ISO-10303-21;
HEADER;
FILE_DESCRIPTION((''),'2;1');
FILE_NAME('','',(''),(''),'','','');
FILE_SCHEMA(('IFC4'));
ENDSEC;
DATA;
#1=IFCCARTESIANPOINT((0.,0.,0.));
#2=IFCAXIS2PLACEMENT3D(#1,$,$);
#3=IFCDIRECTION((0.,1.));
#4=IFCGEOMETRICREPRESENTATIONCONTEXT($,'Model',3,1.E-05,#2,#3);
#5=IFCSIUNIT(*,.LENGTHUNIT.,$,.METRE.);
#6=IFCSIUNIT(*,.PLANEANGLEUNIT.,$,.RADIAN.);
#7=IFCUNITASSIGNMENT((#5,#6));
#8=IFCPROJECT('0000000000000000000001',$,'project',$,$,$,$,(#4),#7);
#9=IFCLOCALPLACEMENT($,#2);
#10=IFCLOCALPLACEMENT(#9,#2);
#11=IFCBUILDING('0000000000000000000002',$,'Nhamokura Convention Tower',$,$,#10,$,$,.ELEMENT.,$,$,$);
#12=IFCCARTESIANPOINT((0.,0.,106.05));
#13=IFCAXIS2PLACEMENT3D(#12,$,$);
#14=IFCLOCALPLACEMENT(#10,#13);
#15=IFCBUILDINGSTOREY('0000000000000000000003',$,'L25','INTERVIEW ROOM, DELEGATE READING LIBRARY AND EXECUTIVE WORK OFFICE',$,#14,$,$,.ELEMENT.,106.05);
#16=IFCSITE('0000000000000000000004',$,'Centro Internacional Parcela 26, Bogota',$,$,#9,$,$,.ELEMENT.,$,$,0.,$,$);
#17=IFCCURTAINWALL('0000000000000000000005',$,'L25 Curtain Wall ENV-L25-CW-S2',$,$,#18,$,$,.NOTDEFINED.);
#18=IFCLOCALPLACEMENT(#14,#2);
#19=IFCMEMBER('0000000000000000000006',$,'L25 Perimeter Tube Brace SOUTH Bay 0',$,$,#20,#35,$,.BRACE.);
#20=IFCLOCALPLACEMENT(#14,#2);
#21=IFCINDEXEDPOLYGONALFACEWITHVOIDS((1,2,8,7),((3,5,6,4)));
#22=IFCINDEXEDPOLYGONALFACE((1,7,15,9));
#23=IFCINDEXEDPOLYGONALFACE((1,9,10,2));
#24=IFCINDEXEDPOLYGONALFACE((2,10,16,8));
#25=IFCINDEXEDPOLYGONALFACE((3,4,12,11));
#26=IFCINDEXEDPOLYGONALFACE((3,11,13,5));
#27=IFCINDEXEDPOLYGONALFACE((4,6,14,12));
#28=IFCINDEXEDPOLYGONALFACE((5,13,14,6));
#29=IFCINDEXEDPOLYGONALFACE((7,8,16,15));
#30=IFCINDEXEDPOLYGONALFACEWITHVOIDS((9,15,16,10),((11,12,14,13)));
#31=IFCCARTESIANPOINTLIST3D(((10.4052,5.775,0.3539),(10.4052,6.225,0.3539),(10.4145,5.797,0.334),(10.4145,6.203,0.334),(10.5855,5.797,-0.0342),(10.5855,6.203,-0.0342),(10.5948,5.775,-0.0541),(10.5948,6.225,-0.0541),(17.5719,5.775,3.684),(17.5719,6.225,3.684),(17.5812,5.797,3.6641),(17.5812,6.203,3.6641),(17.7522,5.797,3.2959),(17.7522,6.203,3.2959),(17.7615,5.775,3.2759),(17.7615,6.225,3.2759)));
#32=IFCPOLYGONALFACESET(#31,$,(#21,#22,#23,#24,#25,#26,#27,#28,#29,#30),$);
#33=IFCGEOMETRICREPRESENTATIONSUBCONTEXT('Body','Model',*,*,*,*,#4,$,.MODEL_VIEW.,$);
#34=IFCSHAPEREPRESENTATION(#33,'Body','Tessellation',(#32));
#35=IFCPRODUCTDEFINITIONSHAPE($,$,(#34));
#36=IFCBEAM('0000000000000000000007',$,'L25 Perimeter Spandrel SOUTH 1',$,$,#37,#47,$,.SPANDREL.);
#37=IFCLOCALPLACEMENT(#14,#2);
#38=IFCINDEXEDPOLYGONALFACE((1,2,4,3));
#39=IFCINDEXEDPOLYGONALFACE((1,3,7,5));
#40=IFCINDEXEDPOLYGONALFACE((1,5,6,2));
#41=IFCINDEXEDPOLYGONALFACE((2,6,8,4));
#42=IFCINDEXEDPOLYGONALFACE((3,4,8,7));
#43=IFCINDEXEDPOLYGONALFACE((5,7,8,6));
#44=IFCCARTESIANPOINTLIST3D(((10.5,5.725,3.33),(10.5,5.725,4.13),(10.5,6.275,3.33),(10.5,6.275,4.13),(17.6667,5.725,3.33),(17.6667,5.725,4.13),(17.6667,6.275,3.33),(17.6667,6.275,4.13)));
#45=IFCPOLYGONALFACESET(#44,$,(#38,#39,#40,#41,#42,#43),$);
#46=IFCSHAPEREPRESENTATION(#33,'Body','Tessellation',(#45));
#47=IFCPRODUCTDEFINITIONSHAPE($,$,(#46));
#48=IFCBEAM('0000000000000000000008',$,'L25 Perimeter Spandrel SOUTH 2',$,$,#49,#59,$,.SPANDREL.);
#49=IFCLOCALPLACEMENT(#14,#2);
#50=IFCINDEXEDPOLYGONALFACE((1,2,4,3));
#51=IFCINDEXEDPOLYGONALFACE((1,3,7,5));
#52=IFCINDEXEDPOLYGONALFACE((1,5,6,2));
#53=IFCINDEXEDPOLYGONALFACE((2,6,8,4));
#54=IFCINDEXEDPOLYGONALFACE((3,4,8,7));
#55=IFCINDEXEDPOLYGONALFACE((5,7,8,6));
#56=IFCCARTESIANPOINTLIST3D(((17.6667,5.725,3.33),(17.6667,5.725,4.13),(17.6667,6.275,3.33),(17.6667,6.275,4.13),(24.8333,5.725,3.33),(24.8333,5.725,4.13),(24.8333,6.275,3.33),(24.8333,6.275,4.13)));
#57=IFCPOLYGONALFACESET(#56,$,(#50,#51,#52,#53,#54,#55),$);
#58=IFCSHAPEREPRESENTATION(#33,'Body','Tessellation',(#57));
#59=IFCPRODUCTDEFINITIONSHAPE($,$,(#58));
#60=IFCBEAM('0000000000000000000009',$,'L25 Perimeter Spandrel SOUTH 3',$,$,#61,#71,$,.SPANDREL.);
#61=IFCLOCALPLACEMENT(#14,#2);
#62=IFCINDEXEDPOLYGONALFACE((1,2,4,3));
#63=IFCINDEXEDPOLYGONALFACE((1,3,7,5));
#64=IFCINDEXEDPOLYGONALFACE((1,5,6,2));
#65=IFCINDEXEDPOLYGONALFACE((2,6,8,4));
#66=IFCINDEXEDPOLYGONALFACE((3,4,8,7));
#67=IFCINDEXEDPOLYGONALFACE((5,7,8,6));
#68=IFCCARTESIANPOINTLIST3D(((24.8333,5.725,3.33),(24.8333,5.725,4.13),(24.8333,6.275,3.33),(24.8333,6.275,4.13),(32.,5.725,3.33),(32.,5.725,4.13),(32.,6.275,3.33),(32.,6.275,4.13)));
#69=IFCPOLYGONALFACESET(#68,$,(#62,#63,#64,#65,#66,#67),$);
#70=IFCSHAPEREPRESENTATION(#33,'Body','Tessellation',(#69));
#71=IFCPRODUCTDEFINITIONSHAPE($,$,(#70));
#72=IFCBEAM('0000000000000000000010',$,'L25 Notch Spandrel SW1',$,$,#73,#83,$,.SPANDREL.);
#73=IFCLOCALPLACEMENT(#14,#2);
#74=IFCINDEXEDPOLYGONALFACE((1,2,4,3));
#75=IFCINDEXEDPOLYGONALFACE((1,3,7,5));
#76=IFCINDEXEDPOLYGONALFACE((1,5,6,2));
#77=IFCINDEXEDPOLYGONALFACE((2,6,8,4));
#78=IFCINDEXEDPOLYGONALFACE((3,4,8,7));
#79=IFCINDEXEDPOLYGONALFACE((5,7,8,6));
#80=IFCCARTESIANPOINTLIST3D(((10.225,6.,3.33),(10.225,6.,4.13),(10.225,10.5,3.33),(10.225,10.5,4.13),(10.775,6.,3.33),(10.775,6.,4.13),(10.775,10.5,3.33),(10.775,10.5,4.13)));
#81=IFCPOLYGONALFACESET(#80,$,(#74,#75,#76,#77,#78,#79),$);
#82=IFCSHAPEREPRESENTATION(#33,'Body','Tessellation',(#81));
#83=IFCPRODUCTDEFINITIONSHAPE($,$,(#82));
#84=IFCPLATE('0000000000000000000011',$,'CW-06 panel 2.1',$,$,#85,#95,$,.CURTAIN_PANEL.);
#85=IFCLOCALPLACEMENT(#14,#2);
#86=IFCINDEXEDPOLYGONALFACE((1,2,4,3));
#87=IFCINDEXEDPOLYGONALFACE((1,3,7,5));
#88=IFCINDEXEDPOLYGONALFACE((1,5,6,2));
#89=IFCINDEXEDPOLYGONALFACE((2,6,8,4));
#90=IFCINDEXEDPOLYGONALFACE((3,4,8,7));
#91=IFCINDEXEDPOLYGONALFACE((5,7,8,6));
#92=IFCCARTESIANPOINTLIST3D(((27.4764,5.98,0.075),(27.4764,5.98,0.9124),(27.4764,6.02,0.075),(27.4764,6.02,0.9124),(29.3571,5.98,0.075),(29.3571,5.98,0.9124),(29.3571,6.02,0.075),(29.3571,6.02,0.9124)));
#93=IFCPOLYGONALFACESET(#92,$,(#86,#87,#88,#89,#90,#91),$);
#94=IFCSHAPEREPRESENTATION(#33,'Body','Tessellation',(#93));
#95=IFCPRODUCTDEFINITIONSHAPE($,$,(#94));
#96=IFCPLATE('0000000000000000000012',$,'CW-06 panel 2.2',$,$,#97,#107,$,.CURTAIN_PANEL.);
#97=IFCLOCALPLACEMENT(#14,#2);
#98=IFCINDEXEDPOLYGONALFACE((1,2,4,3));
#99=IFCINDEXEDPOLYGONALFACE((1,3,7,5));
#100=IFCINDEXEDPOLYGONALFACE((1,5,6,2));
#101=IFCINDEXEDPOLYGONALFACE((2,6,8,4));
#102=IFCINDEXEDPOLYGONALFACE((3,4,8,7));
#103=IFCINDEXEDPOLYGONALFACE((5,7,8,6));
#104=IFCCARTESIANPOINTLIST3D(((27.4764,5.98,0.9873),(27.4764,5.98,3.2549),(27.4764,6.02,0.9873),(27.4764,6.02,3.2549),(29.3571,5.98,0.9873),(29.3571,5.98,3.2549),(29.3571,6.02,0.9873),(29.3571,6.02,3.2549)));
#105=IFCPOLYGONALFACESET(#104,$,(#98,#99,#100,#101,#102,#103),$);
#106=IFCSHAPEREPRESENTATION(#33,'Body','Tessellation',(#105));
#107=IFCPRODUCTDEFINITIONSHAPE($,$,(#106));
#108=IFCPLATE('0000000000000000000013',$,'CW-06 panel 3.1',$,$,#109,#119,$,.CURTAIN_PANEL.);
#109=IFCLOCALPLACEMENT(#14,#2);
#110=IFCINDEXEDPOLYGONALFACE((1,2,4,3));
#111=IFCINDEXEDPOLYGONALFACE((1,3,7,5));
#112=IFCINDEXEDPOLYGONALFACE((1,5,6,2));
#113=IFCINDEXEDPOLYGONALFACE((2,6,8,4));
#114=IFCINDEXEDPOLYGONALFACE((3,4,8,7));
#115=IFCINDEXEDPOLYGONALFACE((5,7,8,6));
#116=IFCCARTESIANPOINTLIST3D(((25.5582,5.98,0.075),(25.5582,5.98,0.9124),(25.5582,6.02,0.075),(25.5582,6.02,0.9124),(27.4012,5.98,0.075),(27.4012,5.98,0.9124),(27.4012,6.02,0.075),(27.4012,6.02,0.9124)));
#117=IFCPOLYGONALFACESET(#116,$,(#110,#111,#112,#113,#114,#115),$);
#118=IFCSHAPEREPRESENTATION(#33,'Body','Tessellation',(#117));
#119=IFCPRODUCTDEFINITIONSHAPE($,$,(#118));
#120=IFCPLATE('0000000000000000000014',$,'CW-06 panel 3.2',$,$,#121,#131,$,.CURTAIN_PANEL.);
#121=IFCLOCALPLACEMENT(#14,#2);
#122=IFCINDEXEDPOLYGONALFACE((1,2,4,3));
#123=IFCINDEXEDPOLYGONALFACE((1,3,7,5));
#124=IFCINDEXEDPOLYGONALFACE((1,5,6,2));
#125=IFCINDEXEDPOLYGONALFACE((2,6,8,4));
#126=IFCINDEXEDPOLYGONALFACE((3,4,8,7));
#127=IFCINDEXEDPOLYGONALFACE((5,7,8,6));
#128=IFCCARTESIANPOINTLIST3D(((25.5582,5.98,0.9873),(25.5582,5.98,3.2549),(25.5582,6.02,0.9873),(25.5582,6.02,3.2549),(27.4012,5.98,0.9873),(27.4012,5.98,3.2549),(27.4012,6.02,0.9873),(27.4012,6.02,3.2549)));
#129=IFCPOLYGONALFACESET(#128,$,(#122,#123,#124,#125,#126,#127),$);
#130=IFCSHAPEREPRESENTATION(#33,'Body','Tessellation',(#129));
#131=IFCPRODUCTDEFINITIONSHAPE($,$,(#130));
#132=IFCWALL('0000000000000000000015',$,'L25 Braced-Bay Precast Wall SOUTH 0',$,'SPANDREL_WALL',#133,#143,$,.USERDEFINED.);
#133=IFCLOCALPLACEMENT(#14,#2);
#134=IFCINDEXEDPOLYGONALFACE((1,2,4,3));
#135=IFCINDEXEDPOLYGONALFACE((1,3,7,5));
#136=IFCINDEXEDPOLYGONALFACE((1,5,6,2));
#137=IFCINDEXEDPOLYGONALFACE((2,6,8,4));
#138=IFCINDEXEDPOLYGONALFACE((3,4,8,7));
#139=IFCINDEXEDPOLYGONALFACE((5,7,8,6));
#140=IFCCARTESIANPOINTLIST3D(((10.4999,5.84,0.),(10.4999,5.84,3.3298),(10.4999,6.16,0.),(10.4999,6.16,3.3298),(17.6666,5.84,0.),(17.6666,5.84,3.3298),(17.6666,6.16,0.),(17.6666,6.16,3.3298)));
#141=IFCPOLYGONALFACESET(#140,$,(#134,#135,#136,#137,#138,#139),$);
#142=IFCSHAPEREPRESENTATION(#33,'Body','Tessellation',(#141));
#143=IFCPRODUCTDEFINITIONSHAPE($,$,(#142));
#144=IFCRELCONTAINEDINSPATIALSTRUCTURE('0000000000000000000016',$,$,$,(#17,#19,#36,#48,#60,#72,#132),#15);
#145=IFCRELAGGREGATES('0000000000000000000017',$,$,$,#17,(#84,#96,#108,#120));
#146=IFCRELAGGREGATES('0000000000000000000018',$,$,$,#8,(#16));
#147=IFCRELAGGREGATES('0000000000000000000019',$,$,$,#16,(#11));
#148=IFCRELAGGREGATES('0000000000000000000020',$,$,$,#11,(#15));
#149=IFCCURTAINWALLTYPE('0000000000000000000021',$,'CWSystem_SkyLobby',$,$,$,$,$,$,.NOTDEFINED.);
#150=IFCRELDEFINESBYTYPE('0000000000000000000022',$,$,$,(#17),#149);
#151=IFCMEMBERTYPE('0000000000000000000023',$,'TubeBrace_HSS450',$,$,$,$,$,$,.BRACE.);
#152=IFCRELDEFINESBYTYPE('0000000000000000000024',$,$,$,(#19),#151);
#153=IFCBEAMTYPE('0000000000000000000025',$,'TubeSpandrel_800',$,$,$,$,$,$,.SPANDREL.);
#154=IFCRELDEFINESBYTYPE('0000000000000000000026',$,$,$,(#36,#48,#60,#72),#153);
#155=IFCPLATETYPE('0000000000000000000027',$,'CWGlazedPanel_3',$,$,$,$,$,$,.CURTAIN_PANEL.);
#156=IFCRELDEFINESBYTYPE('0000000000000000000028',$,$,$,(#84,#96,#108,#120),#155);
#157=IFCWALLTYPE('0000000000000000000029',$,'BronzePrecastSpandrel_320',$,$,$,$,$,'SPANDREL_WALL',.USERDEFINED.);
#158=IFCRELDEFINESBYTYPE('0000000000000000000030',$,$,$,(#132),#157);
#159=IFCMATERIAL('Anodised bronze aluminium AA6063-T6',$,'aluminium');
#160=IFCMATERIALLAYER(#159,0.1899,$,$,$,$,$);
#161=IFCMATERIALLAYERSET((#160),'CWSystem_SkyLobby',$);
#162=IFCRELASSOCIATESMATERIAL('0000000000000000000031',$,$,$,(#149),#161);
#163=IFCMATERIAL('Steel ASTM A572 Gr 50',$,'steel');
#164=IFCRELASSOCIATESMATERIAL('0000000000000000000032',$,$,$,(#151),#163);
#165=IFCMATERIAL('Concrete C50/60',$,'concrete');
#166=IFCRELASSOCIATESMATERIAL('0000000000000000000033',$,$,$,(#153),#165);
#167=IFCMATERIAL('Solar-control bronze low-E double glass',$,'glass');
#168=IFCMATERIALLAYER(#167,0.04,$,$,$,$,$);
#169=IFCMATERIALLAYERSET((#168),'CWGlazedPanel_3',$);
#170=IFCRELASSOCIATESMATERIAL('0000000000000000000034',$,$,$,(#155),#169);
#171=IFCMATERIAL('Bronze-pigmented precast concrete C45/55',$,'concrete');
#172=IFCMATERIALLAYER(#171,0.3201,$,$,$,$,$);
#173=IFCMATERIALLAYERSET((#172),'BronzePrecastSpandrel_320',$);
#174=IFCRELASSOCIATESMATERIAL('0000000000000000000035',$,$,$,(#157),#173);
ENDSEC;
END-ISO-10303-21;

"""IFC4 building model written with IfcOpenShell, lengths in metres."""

from ifc_helpers import new_model, si_unit, direction, frame, frame_2d, origin, origin_2d, place, context, subcontext, project, spatial, rectangle, hollow_rectangle, extrude, material, layer, layer_set, material_profile, profile_set, type_object, element, aggregate, save


model = new_model("IFC4")

# Units and contexts
model_context = context("Model", 3, precision=1e-05, world=origin(), true_north=direction((0.0, 1.0)))
body_context = subcontext(model_context, "Body", "Model", "MODEL_VIEW")
ifc_project = project(units=[si_unit("LENGTHUNIT", "METRE"), si_unit("PLANEANGLEUNIT", "RADIAN")], contexts=[model_context])

# Site, building, storey
site_placement = place(None, origin())
site = spatial("IfcSite", under=ifc_project, at=site_placement, Name="Centro Internacional Parcela 26, Bogota", CompositionType="ELEMENT", RefElevation=0.0)
building_placement = place(site_placement, origin())
building = spatial("IfcBuilding", under=site, at=building_placement, Name="Nhamokura Convention Tower", CompositionType="ELEMENT")
storey_placement = place(building_placement, frame((0.0, 0.0, 106.05)))
storey = spatial("IfcBuildingStorey", under=building, at=storey_placement, Name="L25", Description="INTERVIEW ROOM, DELEGATE READING LIBRARY AND EXECUTIVE WORK OFFICE", CompositionType="ELEMENT", Elevation=106.05)

# Curtain wall
ifc_material_1 = material(Name="Anodised bronze aluminium AA6063-T6", Category="aluminium")
ifc_layer_1 = layer(ifc_material_1, 0.1899)
ifc_layer_set_1 = layer_set([ifc_layer_1], Name="CWSystem_SkyLobby")
curtain_wall_type = type_object("IfcCurtainWallType", Name="CWSystem_SkyLobby", PredefinedType="NOTDEFINED", material=ifc_layer_set_1)
curtain_wall_placement = place(storey_placement, origin())
curtain_wall = element("IfcCurtainWall", 1, at=curtain_wall_placement, inside=storey, type_object=curtain_wall_type, Name="L25 Curtain Wall ENV-L25-CW-S2", PredefinedType="NOTDEFINED")

# Member
ifc_material_2 = material(Name="Steel ASTM A572 Gr 50", Category="steel")
ifc_material_profile_1 = material_profile(ifc_material_2, hollow_rectangle(XDim=0.45, YDim=0.45, WallThickness=0.022, at=origin_2d()))
ifc_profile_set_1 = profile_set([ifc_material_profile_1], Name="Steel ASTM A572 Gr 50")
member_type_1 = type_object("IfcMemberType", Name="TubeBrace_HSS450", PredefinedType="BRACE", material=ifc_profile_set_1)
member_1_placement = place(storey_placement, frame((10.5, 6.0, 0.1499), z_axis=(0.90688, 0.0, 0.421388), x_axis=(0.0, 1.0, 0.0)))
element("IfcMember", 2, at=member_1_placement, inside=storey, type_object=member_type_1, Name="L25 Perimeter Tube Brace SOUTH Bay 0", PredefinedType="BRACE", context=body_context, shape_type="SweptSolid", body=[
    extrude(hollow_rectangle(XDim=0.45, YDim=0.45, WallThickness=0.022, at=origin_2d()), origin(), (0.0, 0.0, 1.0), 7.9026),
])

# Beams
ifc_material_3 = material(Name="Concrete C50/60", Category="concrete")
ifc_material_profile_2 = material_profile(ifc_material_3, rectangle(XDim=0.55, YDim=0.8, at=origin_2d()))
ifc_profile_set_2 = profile_set([ifc_material_profile_2], Name="Concrete C50/60")
beam_type_1 = type_object("IfcBeamType", Name="TubeSpandrel_800", PredefinedType="SPANDREL", material=ifc_profile_set_2)
beam_1_placement = place(storey_placement, frame((10.5, 6.0, 3.73), z_axis=(1.0, 0.0, 0.0), x_axis=(0.0, 1.0, 0.0)))
element("IfcBeam", 3, at=beam_1_placement, inside=storey, type_object=beam_type_1, Name="L25 Perimeter Spandrel SOUTH 1", PredefinedType="SPANDREL", context=body_context, shape_type="SweptSolid", body=[
    extrude(rectangle(XDim=0.55, YDim=0.8, at=origin_2d()), origin(), (0.0, 0.0, 1.0), 7.1667),
])
beam_2_placement = place(storey_placement, frame((17.6667, 6.0, 3.73), z_axis=(1.0, 0.0, 0.0), x_axis=(0.0, 1.0, 0.0)))
element("IfcBeam", 4, at=beam_2_placement, inside=storey, type_object=beam_type_1, Name="L25 Perimeter Spandrel SOUTH 2", PredefinedType="SPANDREL", context=body_context, shape_type="SweptSolid", body=[
    extrude(rectangle(XDim=0.55, YDim=0.8, at=origin_2d()), origin(), (0.0, 0.0, 1.0), 7.1665),
])
beam_3_placement = place(storey_placement, frame((24.8333, 6.0, 3.73), z_axis=(1.0, 0.0, 0.0), x_axis=(0.0, 1.0, 0.0)))
element("IfcBeam", 5, at=beam_3_placement, inside=storey, type_object=beam_type_1, Name="L25 Perimeter Spandrel SOUTH 3", PredefinedType="SPANDREL", context=body_context, shape_type="SweptSolid", body=[
    extrude(rectangle(XDim=0.55, YDim=0.8, at=origin_2d()), origin(), (0.0, 0.0, 1.0), 7.1667),
])
beam_4_placement = place(storey_placement, frame((10.5, 6.0, 3.73), z_axis=(0.0, 1.0, 0.0), x_axis=(-1.0, 0.0, 0.0)))
element("IfcBeam", 6, at=beam_4_placement, inside=storey, type_object=beam_type_1, Name="L25 Notch Spandrel SW1", PredefinedType="SPANDREL", context=body_context, shape_type="SweptSolid", body=[
    extrude(rectangle(XDim=0.55, YDim=0.8, at=origin_2d()), origin(), (0.0, 0.0, 1.0), 4.5),
])

# Plates
ifc_material_4 = material(Name="Solar-control bronze low-E double glass", Category="glass")
ifc_layer_2 = layer(ifc_material_4, 0.04)
ifc_layer_set_2 = layer_set([ifc_layer_2], Name="CWGlazedPanel_3")
plate_type = type_object("IfcPlateType", Name="CWGlazedPanel_3", PredefinedType="CURTAIN_PANEL", material=ifc_layer_set_2)
plate_1_placement = place(storey_placement, frame((28.4167, 6.0, 0.075), z_axis=(0.0, 0.0, 1.0), x_axis=(-1.0, 0.0, 0.0)))
plate_1 = element("IfcPlate", 7, at=plate_1_placement, type_object=plate_type, Name="CW-06 panel 2.1", PredefinedType="CURTAIN_PANEL", context=body_context, shape_type="SweptSolid", body=[
    extrude(rectangle(XDim=1.8806, YDim=0.04, at=origin_2d()), origin(), (0.0, 0.0, 1.0), 0.8374),
])
plate_2_placement = place(storey_placement, frame((28.4167, 6.0, 0.9873), z_axis=(0.0, 0.0, 1.0), x_axis=(-1.0, 0.0, 0.0)))
plate_2 = element("IfcPlate", 8, at=plate_2_placement, type_object=plate_type, Name="CW-06 panel 2.2", PredefinedType="CURTAIN_PANEL", context=body_context, shape_type="SweptSolid", body=[
    extrude(rectangle(XDim=1.8806, YDim=0.04, at=origin_2d()), origin(), (0.0, 0.0, 1.0), 2.2676),
])
plate_3_placement = place(storey_placement, frame((26.4797, 6.0, 0.075), z_axis=(0.0, 0.0, 1.0), x_axis=(-1.0, 0.0, 0.0)))
plate_3 = element("IfcPlate", 9, at=plate_3_placement, type_object=plate_type, Name="CW-06 panel 3.1", PredefinedType="CURTAIN_PANEL", context=body_context, shape_type="SweptSolid", body=[
    extrude(rectangle(XDim=1.843, YDim=0.04, at=origin_2d()), origin(), (0.0, 0.0, 1.0), 0.8374),
])
plate_4_placement = place(storey_placement, frame((26.4797, 6.0, 0.9873), z_axis=(0.0, 0.0, 1.0), x_axis=(-1.0, 0.0, 0.0)))
plate_4 = element("IfcPlate", 10, at=plate_4_placement, type_object=plate_type, Name="CW-06 panel 3.2", PredefinedType="CURTAIN_PANEL", context=body_context, shape_type="SweptSolid", body=[
    extrude(rectangle(XDim=1.843, YDim=0.04, at=origin_2d()), origin(), (0.0, 0.0, 1.0), 2.2676),
])
aggregate(curtain_wall, [plate_1, plate_2, plate_3, plate_4])

# Wall
ifc_material_5 = material(Name="Bronze-pigmented precast concrete C45/55", Category="concrete")
ifc_layer_3 = layer(ifc_material_5, 0.3201)
ifc_layer_set_3 = layer_set([ifc_layer_3], Name="BronzePrecastSpandrel_320")
wall_type_1 = type_object("IfcWallType", Name="BronzePrecastSpandrel_320", ElementType="SPANDREL_WALL", PredefinedType="USERDEFINED", material=ifc_layer_set_3)
wall_1_placement = place(storey_placement, frame((17.6667, 6.0, 0.0), z_axis=(0.0, 0.0, 1.0), x_axis=(-1.0, 0.0, 0.0)))
element("IfcWall", 11, at=wall_1_placement, inside=storey, type_object=wall_type_1, Name="L25 Braced-Bay Precast Wall SOUTH 0", ObjectType="SPANDREL_WALL", PredefinedType="USERDEFINED", context=body_context, shape_type="SweptSolid", body=[
    extrude(rectangle(XDim=7.1667, YDim=0.3201, at=frame_2d((3.5835, 0.0))), origin(), (0.0, 0.0, 1.0), 3.3298),
])

save(model, "model.ifc")
